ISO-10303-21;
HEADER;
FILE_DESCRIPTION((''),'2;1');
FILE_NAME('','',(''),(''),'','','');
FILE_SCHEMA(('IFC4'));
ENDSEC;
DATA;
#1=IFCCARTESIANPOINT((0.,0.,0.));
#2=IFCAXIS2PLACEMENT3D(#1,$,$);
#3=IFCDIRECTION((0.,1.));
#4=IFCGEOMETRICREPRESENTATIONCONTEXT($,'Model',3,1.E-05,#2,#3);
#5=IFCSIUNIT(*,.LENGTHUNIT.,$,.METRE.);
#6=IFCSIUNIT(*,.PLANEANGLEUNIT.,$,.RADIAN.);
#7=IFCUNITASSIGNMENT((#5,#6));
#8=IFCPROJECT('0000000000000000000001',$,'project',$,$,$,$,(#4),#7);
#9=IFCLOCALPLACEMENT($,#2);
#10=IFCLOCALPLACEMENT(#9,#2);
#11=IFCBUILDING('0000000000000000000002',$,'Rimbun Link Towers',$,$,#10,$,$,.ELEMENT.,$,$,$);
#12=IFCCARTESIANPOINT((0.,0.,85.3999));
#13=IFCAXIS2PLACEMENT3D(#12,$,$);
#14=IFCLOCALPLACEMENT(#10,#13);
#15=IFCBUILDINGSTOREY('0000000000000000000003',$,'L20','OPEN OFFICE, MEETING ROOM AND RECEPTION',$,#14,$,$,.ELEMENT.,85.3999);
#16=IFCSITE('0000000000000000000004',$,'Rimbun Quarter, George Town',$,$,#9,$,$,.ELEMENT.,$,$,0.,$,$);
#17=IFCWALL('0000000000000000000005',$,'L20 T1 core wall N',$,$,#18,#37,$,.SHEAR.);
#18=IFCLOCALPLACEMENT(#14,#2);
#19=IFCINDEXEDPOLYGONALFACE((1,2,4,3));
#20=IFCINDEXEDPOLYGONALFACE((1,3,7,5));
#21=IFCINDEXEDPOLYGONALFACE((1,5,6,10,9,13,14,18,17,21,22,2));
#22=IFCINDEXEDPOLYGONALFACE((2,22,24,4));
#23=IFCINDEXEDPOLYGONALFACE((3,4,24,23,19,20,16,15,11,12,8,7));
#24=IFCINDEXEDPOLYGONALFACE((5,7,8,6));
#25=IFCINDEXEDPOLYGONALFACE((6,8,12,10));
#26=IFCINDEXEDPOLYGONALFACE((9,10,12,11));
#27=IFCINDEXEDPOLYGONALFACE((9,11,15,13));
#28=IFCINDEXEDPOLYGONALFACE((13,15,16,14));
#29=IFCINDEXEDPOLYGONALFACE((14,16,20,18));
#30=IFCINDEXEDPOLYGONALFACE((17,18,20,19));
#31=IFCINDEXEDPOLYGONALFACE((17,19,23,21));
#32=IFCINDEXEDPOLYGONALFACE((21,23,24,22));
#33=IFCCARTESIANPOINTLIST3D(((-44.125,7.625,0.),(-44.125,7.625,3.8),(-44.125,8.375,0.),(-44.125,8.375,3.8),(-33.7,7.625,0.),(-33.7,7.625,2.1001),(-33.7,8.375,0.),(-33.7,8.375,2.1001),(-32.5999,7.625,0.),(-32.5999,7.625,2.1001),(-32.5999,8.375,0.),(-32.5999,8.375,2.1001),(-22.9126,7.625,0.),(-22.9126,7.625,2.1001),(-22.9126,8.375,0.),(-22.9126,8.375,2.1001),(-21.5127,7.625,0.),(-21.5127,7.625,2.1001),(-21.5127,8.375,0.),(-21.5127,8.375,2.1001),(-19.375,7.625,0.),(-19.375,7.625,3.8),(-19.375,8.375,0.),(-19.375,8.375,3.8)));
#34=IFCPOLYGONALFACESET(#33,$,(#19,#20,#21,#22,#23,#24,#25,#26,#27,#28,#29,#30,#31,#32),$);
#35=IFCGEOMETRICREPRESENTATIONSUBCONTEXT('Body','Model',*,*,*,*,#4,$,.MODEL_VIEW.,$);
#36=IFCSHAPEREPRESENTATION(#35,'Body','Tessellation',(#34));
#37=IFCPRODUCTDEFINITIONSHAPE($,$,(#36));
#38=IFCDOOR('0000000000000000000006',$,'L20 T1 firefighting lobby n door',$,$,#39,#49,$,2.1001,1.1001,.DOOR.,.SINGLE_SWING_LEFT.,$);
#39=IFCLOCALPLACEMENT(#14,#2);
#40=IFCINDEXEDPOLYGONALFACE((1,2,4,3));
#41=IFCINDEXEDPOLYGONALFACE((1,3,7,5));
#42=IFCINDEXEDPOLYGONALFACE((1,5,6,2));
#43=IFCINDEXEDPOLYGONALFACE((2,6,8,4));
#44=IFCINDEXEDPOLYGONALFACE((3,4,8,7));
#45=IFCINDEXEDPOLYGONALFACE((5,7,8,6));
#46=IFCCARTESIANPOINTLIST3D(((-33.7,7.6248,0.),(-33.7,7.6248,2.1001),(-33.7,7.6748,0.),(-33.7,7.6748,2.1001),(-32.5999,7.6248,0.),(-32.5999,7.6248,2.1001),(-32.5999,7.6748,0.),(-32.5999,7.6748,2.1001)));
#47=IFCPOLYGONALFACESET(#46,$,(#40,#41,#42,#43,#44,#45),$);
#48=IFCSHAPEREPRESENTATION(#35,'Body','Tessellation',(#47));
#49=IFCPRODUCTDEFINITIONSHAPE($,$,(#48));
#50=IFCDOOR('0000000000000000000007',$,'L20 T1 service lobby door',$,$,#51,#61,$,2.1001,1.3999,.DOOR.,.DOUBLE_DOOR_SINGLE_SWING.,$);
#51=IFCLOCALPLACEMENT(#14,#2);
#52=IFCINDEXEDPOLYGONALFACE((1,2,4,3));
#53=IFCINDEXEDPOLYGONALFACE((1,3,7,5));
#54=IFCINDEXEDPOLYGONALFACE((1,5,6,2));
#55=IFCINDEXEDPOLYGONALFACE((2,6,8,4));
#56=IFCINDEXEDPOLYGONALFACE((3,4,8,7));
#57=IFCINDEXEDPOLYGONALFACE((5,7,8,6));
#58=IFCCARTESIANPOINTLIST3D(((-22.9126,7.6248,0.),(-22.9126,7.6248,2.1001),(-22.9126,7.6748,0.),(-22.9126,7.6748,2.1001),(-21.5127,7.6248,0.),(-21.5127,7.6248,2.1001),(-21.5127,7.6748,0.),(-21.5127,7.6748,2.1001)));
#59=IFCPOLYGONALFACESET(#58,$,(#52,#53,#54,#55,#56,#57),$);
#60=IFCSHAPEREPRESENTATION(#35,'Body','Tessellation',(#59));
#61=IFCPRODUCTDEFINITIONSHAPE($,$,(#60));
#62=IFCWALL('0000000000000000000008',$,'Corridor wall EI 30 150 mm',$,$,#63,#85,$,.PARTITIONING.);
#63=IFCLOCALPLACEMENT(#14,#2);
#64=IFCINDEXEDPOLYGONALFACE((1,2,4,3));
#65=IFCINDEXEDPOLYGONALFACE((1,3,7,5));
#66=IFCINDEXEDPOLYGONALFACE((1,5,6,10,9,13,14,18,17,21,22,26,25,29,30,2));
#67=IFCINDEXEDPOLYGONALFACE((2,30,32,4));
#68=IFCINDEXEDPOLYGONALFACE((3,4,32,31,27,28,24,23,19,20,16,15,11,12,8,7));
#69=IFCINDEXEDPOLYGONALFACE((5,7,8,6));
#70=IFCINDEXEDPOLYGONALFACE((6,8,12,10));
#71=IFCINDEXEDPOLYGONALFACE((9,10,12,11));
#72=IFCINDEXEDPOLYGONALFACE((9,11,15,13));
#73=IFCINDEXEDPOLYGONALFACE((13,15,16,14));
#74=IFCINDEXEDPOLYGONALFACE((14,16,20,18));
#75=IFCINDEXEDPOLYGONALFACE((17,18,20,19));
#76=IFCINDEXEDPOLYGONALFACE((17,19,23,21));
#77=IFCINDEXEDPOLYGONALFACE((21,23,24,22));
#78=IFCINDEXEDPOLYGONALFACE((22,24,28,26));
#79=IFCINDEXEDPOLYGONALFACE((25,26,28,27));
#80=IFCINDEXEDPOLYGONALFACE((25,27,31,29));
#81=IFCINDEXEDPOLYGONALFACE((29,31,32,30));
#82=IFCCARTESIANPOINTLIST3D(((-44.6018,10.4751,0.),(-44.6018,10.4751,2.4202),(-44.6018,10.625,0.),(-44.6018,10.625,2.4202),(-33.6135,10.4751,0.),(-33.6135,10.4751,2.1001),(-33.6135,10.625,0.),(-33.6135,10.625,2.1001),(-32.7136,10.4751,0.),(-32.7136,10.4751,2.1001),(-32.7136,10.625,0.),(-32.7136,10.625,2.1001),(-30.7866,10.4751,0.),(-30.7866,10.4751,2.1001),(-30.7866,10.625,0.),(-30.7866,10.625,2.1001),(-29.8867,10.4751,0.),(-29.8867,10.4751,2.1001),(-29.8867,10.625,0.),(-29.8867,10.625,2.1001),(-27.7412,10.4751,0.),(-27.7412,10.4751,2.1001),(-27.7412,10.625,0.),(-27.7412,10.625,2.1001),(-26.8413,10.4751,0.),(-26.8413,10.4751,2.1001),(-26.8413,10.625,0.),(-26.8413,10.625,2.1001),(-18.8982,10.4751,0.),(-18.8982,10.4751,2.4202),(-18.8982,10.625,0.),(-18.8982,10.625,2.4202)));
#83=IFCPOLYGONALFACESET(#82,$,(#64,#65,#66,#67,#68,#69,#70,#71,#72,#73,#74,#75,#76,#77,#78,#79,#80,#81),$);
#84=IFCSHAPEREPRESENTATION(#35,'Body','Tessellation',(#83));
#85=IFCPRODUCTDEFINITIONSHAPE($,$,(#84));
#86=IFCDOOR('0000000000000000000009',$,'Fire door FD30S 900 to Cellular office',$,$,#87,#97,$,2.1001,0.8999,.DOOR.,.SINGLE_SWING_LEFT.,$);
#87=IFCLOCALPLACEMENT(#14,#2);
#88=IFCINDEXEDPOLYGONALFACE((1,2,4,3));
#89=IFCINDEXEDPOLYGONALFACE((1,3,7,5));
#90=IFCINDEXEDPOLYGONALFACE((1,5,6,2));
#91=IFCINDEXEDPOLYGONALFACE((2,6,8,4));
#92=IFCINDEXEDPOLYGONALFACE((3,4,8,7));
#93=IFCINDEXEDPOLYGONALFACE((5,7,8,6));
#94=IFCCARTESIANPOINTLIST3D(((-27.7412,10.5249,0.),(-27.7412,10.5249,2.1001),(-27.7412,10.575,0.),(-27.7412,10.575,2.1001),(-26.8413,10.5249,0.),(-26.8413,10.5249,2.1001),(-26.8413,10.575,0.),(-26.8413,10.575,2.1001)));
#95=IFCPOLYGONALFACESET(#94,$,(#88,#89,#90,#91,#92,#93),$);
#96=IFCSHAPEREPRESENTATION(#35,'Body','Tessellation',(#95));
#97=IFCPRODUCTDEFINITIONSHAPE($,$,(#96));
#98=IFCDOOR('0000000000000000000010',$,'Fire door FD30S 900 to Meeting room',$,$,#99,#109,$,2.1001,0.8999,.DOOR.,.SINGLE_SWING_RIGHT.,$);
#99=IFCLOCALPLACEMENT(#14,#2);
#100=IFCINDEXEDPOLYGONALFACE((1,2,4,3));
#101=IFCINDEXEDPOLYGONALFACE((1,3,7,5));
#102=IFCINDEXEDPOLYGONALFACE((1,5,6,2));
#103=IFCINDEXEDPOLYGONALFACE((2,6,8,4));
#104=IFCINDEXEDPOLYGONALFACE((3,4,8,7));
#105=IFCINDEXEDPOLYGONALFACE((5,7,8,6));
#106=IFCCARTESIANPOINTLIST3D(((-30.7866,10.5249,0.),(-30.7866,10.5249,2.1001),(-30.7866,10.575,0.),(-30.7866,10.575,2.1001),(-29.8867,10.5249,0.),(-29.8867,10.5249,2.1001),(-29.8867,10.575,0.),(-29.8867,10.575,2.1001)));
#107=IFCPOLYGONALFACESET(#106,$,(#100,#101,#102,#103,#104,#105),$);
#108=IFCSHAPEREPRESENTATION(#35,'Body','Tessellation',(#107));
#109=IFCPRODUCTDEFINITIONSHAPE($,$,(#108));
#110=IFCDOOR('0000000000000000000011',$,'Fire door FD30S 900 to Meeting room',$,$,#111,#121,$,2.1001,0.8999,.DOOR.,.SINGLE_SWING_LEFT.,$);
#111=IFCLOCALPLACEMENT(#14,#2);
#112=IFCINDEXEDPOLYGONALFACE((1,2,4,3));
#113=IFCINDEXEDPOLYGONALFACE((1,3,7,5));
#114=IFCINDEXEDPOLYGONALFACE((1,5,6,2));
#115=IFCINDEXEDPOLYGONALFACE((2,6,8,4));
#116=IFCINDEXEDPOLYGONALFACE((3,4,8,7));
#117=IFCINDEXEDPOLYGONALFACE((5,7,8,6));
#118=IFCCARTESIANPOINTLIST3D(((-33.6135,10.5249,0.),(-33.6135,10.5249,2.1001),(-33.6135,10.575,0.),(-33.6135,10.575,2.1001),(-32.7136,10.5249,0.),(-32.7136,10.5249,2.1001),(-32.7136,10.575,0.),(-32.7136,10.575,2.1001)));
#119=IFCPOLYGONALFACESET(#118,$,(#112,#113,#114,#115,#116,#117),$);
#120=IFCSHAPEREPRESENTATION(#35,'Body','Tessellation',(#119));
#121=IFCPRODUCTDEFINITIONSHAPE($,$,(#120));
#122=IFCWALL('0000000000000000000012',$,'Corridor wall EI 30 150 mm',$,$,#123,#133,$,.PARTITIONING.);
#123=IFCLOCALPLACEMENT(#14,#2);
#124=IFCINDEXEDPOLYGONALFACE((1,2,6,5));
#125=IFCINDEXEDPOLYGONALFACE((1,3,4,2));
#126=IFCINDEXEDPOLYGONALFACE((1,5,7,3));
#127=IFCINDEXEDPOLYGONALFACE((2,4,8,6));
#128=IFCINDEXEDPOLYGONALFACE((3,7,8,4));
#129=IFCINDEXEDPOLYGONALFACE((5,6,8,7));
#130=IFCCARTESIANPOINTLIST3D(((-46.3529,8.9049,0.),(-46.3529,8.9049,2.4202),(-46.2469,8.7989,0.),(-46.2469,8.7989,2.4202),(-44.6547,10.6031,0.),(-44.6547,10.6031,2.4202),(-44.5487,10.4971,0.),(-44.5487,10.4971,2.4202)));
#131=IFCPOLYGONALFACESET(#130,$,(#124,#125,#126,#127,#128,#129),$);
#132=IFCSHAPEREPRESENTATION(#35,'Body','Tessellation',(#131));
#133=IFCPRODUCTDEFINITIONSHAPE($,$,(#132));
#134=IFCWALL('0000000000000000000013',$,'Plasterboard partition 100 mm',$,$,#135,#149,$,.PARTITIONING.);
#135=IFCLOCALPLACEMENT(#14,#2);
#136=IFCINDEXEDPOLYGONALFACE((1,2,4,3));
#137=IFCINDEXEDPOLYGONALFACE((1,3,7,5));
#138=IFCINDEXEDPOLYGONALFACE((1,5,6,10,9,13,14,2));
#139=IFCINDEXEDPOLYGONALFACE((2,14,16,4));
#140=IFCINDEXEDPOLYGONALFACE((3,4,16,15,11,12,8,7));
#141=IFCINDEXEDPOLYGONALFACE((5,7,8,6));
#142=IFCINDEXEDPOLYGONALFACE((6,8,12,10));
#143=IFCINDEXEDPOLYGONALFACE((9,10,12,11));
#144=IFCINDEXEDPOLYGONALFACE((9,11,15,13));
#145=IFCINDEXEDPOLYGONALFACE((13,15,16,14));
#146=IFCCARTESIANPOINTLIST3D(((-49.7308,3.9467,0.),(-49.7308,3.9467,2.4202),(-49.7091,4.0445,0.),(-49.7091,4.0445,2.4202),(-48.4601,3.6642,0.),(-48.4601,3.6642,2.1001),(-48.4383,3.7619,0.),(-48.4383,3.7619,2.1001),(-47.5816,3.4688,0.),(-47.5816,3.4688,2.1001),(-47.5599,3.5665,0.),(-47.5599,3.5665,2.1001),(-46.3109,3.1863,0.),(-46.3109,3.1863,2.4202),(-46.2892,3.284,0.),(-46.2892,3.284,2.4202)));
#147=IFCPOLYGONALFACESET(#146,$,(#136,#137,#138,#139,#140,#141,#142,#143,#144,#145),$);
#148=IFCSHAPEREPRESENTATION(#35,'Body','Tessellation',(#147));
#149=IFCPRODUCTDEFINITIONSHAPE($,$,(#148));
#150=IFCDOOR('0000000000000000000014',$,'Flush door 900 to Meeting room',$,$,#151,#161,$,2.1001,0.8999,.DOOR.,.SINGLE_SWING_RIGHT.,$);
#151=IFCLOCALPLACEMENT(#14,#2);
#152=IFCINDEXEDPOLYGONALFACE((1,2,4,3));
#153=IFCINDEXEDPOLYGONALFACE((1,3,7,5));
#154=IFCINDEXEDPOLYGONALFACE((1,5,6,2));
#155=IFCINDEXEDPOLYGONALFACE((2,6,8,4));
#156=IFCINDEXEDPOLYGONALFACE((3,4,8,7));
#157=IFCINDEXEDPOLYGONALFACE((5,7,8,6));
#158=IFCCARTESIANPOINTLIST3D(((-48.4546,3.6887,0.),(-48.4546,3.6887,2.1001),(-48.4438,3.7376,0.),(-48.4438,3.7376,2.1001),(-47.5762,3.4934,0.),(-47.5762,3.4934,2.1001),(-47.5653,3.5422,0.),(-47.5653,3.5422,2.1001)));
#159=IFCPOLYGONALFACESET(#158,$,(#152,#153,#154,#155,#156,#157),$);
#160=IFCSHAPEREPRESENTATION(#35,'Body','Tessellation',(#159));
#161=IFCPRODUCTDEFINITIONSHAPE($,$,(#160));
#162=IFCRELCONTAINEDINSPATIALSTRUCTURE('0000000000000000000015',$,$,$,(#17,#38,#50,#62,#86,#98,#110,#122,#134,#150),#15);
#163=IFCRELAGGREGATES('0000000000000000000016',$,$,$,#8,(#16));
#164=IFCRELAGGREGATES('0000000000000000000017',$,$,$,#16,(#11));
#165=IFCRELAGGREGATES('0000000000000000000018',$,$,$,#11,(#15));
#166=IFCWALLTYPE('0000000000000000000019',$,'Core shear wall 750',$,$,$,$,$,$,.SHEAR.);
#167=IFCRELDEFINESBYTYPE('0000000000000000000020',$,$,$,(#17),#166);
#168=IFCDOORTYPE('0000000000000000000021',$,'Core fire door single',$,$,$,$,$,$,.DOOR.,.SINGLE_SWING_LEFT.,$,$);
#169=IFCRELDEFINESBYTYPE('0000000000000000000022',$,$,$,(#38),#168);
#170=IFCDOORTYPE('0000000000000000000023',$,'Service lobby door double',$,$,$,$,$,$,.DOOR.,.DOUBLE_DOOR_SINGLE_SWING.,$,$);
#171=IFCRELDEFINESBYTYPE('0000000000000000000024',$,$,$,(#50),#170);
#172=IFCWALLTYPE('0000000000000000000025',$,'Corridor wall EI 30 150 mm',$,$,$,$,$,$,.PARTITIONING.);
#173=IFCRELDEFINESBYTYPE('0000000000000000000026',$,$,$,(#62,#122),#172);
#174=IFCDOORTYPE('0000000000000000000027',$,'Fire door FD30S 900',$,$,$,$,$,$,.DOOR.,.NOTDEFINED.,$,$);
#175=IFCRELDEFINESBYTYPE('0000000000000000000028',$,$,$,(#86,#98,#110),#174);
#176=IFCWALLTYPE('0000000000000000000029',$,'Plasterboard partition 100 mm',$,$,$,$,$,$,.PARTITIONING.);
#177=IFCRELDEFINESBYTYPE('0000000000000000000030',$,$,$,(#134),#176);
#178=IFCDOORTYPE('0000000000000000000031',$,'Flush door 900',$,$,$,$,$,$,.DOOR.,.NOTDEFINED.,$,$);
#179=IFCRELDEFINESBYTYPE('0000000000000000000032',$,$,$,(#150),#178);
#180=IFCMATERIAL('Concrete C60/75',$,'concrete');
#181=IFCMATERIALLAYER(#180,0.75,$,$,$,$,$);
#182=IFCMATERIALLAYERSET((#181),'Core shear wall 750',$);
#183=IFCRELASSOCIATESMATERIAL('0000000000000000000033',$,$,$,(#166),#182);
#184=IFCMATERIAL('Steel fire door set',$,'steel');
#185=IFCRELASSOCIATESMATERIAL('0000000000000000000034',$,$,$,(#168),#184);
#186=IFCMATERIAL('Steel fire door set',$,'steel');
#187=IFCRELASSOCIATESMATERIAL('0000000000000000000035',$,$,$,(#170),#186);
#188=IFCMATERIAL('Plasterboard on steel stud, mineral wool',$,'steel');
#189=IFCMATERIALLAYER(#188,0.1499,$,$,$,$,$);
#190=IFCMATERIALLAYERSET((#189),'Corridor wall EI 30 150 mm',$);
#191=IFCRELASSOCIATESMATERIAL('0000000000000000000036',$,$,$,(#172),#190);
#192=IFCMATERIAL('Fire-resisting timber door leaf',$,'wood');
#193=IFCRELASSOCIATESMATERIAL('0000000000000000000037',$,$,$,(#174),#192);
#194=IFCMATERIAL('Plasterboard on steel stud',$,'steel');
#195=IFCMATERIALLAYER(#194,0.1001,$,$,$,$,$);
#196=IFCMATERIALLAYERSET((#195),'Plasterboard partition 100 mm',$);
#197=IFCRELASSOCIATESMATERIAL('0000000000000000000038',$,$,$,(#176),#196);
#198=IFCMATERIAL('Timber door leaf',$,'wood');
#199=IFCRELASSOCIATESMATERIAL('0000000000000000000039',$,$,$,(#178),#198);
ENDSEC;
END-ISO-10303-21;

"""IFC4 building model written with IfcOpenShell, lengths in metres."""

from ifc_helpers import new_model, si_unit, direction, frame, frame_2d, origin, place, context, subcontext, project, spatial, rectangle, extrude, material, layer, layer_set, type_object, element, fill, save


model = new_model("IFC4")

# Units and contexts
model_context = context("Model", 3, precision=1e-05, world=origin(), true_north=direction((0.0, 1.0)))
body_context = subcontext(model_context, "Body", "Model", "MODEL_VIEW")
ifc_project = project(units=[si_unit("LENGTHUNIT", "METRE"), si_unit("PLANEANGLEUNIT", "RADIAN")], contexts=[model_context])

# Site, building, storey
site_placement = place(None, origin())
site = spatial("IfcSite", under=ifc_project, at=site_placement, Name="Rimbun Quarter, George Town", CompositionType="ELEMENT", RefElevation=0.0)
building_placement = place(site_placement, origin())
building = spatial("IfcBuilding", under=site, at=building_placement, Name="Rimbun Link Towers", CompositionType="ELEMENT")
storey_placement = place(building_placement, frame((0.0, 0.0, 85.3999)))
storey = spatial("IfcBuildingStorey", under=building, at=storey_placement, Name="L20", Description="OPEN OFFICE, MEETING ROOM AND RECEPTION", CompositionType="ELEMENT", Elevation=85.3999)

# Walls, openings, doors
ifc_material_1 = material(Name="Concrete C60/75", Category="concrete")
ifc_layer_1 = layer(ifc_material_1, 0.75)
ifc_layer_set_1 = layer_set([ifc_layer_1], Name="Core shear wall 750")
wall_type_1 = type_object("IfcWallType", Name="Core shear wall 750", PredefinedType="SHEAR", material=ifc_layer_set_1)
wall_1_placement = place(storey_placement, frame((-44.125, 8.0, 0.0), z_axis=(0.0, 0.0, 1.0), x_axis=(1.0, 0.0, 0.0)))
wall_1 = element("IfcWall", 1, at=wall_1_placement, inside=storey, type_object=wall_type_1, Name="L20 T1 core wall N", PredefinedType="SHEAR", context=body_context, shape_type="SweptSolid", body=[
    extrude(rectangle(XDim=24.75, YDim=0.75, at=frame_2d((12.375, 0.0))), origin(), (0.0, 0.0, 1.0), 3.8),
])
opening_1_placement = place(wall_1_placement, frame((10.425, 0.0, 0.0)))
opening_1 = element("IfcOpeningElement", 2, at=opening_1_placement, cuts=wall_1, PredefinedType="OPENING", context=body_context, shape_type="SweptSolid", body=[
    extrude(rectangle(XDim=1.1001, YDim=2.1001, at=frame_2d((0.55, 1.05))), frame((0.0, 0.385, 0.0), z_axis=(0.0, -1.0, 0.0), x_axis=(1.0, 0.0, 0.0)), (0.0, 0.0, 1.0), 0.77),
])
opening_2_placement = place(wall_1_placement, frame((21.2124, 0.0, 0.0)))
opening_2 = element("IfcOpeningElement", 3, at=opening_2_placement, cuts=wall_1, PredefinedType="OPENING", context=body_context, shape_type="SweptSolid", body=[
    extrude(rectangle(XDim=1.3999, YDim=2.1001, at=frame_2d((0.7, 1.05))), frame((0.0, 0.385, 0.0), z_axis=(0.0, -1.0, 0.0), x_axis=(1.0, 0.0, 0.0)), (0.0, 0.0, 1.0), 0.77),
])
ifc_material_2 = material(Name="Steel fire door set", Category="steel")
door_type_1 = type_object("IfcDoorType", Name="Core fire door single", OperationType="SINGLE_SWING_LEFT", PredefinedType="DOOR", material=ifc_material_2)
door_1_placement = place(opening_1_placement, origin())
door_1 = element("IfcDoor", 4, at=door_1_placement, inside=storey, type_object=door_type_1, Name="L20 T1 firefighting lobby n door", OperationType="SINGLE_SWING_LEFT", OverallHeight=2.1001, OverallWidth=1.1001, PredefinedType="DOOR", context=body_context, shape_type="SweptSolid", body=[
    extrude(rectangle(XDim=1.1001, YDim=2.1001, at=frame_2d((0.55, 1.05))), frame((0.0, -0.3252, 0.0), z_axis=(0.0, -1.0, 0.0), x_axis=(1.0, 0.0, 0.0)), (0.0, 0.0, 1.0), 0.05),
])
fill(opening_1, door_1)
ifc_material_3 = material(Name="Steel fire door set", Category="steel")
door_type_2 = type_object("IfcDoorType", Name="Service lobby door double", OperationType="DOUBLE_DOOR_SINGLE_SWING", PredefinedType="DOOR", material=ifc_material_3)
door_2_placement = place(opening_2_placement, origin())
door_2 = element("IfcDoor", 5, at=door_2_placement, inside=storey, type_object=door_type_2, Name="L20 T1 service lobby door", OperationType="DOUBLE_DOOR_SINGLE_SWING", OverallHeight=2.1001, OverallWidth=1.3999, PredefinedType="DOOR", context=body_context, shape_type="SweptSolid", body=[
    extrude(rectangle(XDim=1.3999, YDim=2.1001, at=frame_2d((0.7, 1.05))), frame((0.0, -0.3252, 0.0), z_axis=(0.0, -1.0, 0.0), x_axis=(1.0, 0.0, 0.0)), (0.0, 0.0, 1.0), 0.05),
])
fill(opening_2, door_2)
ifc_material_4 = material(Name="Plasterboard on steel stud, mineral wool", Category="steel")
ifc_layer_2 = layer(ifc_material_4, 0.1499)
ifc_layer_set_2 = layer_set([ifc_layer_2], Name="Corridor wall EI 30 150 mm")
wall_type_2 = type_object("IfcWallType", Name="Corridor wall EI 30 150 mm", PredefinedType="PARTITIONING", material=ifc_layer_set_2)
wall_2_placement = place(storey_placement, frame((-44.6018, 10.55, 0.0), z_axis=(0.0, 0.0, 1.0), x_axis=(1.0, 0.0, 0.0)))
wall_2 = element("IfcWall", 6, at=wall_2_placement, inside=storey, type_object=wall_type_2, Name="Corridor wall EI 30 150 mm", PredefinedType="PARTITIONING", context=body_context, shape_type="SweptSolid", body=[
    extrude(rectangle(XDim=25.7036, YDim=0.1499, at=frame_2d((12.8518, 0.0))), origin(), (0.0, 0.0, 1.0), 2.4202),
])
opening_3_placement = place(wall_2_placement, frame((16.8606, 0.0, 0.0)))
opening_3 = element("IfcOpeningElement", 7, at=opening_3_placement, cuts=wall_2, PredefinedType="OPENING", context=body_context, shape_type="SweptSolid", body=[
    extrude(rectangle(XDim=0.8999, YDim=2.1001, at=frame_2d((0.45, 1.05))), frame((0.0, 0.085, 0.0), z_axis=(0.0, -1.0, 0.0), x_axis=(1.0, 0.0, 0.0)), (0.0, 0.0, 1.0), 0.1699),
])
opening_4_placement = place(wall_2_placement, frame((13.8152, 0.0, 0.0)))
opening_4 = element("IfcOpeningElement", 8, at=opening_4_placement, cuts=wall_2, PredefinedType="OPENING", context=body_context, shape_type="SweptSolid", body=[
    extrude(rectangle(XDim=0.8999, YDim=2.1001, at=frame_2d((0.45, 1.05))), frame((0.0, 0.085, 0.0), z_axis=(0.0, -1.0, 0.0), x_axis=(1.0, 0.0, 0.0)), (0.0, 0.0, 1.0), 0.1699),
])
opening_5_placement = place(wall_2_placement, frame((10.9883, 0.0, 0.0)))
opening_5 = element("IfcOpeningElement", 9, at=opening_5_placement, cuts=wall_2, PredefinedType="OPENING", context=body_context, shape_type="SweptSolid", body=[
    extrude(rectangle(XDim=0.8999, YDim=2.1001, at=frame_2d((0.45, 1.05))), frame((0.0, 0.085, 0.0), z_axis=(0.0, -1.0, 0.0), x_axis=(1.0, 0.0, 0.0)), (0.0, 0.0, 1.0), 0.1699),
])
ifc_material_5 = material(Name="Fire-resisting timber door leaf", Category="wood")
door_type_3 = type_object("IfcDoorType", Name="Fire door FD30S 900", OperationType="NOTDEFINED", PredefinedType="DOOR", material=ifc_material_5)
door_3_placement = place(opening_3_placement, origin())
door_3 = element("IfcDoor", 10, at=door_3_placement, inside=storey, type_object=door_type_3, Name="Fire door FD30S 900 to Cellular office", OperationType="SINGLE_SWING_LEFT", OverallHeight=2.1001, OverallWidth=0.8999, PredefinedType="DOOR", context=body_context, shape_type="SweptSolid", body=[
    extrude(rectangle(XDim=0.8999, YDim=2.1001, at=frame_2d((0.45, 1.05))), frame((0.0, 0.0249, 0.0), z_axis=(0.0, -1.0, 0.0), x_axis=(1.0, 0.0, 0.0)), (0.0, 0.0, 1.0), 0.05),
])
fill(opening_3, door_3)
door_4_placement = place(opening_4_placement, origin())
door_4 = element("IfcDoor", 11, at=door_4_placement, inside=storey, type_object=door_type_3, Name="Fire door FD30S 900 to Meeting room", OperationType="SINGLE_SWING_RIGHT", OverallHeight=2.1001, OverallWidth=0.8999, PredefinedType="DOOR", context=body_context, shape_type="SweptSolid", body=[
    extrude(rectangle(XDim=0.8999, YDim=2.1001, at=frame_2d((0.45, 1.05))), frame((0.0, 0.0249, 0.0), z_axis=(0.0, -1.0, 0.0), x_axis=(1.0, 0.0, 0.0)), (0.0, 0.0, 1.0), 0.05),
])
fill(opening_4, door_4)
door_5_placement = place(opening_5_placement, origin())
door_5 = element("IfcDoor", 12, at=door_5_placement, inside=storey, type_object=door_type_3, Name="Fire door FD30S 900 to Meeting room", OperationType="SINGLE_SWING_LEFT", OverallHeight=2.1001, OverallWidth=0.8999, PredefinedType="DOOR", context=body_context, shape_type="SweptSolid", body=[
    extrude(rectangle(XDim=0.8999, YDim=2.1001, at=frame_2d((0.45, 1.05))), frame((0.0, 0.0249, 0.0), z_axis=(0.0, -1.0, 0.0), x_axis=(1.0, 0.0, 0.0)), (0.0, 0.0, 1.0), 0.05),
])
fill(opening_5, door_5)

# Wall
wall_3_placement = place(storey_placement, frame((-44.6018, 10.55, 0.0), z_axis=(0.0, 0.0, 1.0), x_axis=(-0.707107, -0.707107, 0.0)))
element("IfcWall", 13, at=wall_3_placement, inside=storey, type_object=wall_type_2, Name="Corridor wall EI 30 150 mm", PredefinedType="PARTITIONING", context=body_context, shape_type="SweptSolid", body=[
    extrude(rectangle(XDim=2.4016, YDim=0.1499, at=frame_2d((1.2007, 0.0))), origin(), (0.0, 0.0, 1.0), 2.4202),
])

# Wall, opening, door
ifc_material_6 = material(Name="Plasterboard on steel stud", Category="steel")
ifc_layer_3 = layer(ifc_material_6, 0.1001)
ifc_layer_set_3 = layer_set([ifc_layer_3], Name="Plasterboard partition 100 mm")
wall_type_3 = type_object("IfcWallType", Name="Plasterboard partition 100 mm", PredefinedType="PARTITIONING", material=ifc_layer_set_3)
wall_4_placement = place(storey_placement, frame((-46.3, 3.2351, 0.0), z_axis=(0.0, 0.0, 1.0), x_axis=(-0.976156, 0.217071, 0.0)))
wall_4 = element("IfcWall", 14, at=wall_4_placement, inside=storey, type_object=wall_type_3, Name="Plasterboard partition 100 mm", PredefinedType="PARTITIONING", context=body_context, shape_type="SweptSolid", body=[
    extrude(rectangle(XDim=3.5034, YDim=0.1001, at=frame_2d((1.7517, 0.0))), origin(), (0.0, 0.0, 1.0), 2.4202),
])
opening_6_placement = place(wall_4_placement, frame((1.3018, 0.0, 0.0)))
opening_6 = element("IfcOpeningElement", 15, at=opening_6_placement, cuts=wall_4, PredefinedType="OPENING", context=body_context, shape_type="SweptSolid", body=[
    extrude(rectangle(XDim=0.8999, YDim=2.1001, at=frame_2d((0.45, 1.05))), frame((0.0, 0.0601, 0.0), z_axis=(0.0, -1.0, 0.0), x_axis=(1.0, 0.0, 0.0)), (0.0, 0.0, 1.0), 0.1201),
])
ifc_material_7 = material(Name="Timber door leaf", Category="wood")
door_type_4 = type_object("IfcDoorType", Name="Flush door 900", OperationType="NOTDEFINED", PredefinedType="DOOR", material=ifc_material_7)
door_6_placement = place(opening_6_placement, origin())
door_6 = element("IfcDoor", 16, at=door_6_placement, inside=storey, type_object=door_type_4, Name="Flush door 900 to Meeting room", OperationType="SINGLE_SWING_RIGHT", OverallHeight=2.1001, OverallWidth=0.8999, PredefinedType="DOOR", context=body_context, shape_type="SweptSolid", body=[
    extrude(rectangle(XDim=0.8999, YDim=2.1001, at=frame_2d((0.45, 1.05))), frame((0.0, 0.0249, 0.0), z_axis=(0.0, -1.0, 0.0), x_axis=(1.0, 0.0, 0.0)), (0.0, 0.0, 1.0), 0.05),
])
fill(opening_6, door_6)

save(model, "model.ifc")
